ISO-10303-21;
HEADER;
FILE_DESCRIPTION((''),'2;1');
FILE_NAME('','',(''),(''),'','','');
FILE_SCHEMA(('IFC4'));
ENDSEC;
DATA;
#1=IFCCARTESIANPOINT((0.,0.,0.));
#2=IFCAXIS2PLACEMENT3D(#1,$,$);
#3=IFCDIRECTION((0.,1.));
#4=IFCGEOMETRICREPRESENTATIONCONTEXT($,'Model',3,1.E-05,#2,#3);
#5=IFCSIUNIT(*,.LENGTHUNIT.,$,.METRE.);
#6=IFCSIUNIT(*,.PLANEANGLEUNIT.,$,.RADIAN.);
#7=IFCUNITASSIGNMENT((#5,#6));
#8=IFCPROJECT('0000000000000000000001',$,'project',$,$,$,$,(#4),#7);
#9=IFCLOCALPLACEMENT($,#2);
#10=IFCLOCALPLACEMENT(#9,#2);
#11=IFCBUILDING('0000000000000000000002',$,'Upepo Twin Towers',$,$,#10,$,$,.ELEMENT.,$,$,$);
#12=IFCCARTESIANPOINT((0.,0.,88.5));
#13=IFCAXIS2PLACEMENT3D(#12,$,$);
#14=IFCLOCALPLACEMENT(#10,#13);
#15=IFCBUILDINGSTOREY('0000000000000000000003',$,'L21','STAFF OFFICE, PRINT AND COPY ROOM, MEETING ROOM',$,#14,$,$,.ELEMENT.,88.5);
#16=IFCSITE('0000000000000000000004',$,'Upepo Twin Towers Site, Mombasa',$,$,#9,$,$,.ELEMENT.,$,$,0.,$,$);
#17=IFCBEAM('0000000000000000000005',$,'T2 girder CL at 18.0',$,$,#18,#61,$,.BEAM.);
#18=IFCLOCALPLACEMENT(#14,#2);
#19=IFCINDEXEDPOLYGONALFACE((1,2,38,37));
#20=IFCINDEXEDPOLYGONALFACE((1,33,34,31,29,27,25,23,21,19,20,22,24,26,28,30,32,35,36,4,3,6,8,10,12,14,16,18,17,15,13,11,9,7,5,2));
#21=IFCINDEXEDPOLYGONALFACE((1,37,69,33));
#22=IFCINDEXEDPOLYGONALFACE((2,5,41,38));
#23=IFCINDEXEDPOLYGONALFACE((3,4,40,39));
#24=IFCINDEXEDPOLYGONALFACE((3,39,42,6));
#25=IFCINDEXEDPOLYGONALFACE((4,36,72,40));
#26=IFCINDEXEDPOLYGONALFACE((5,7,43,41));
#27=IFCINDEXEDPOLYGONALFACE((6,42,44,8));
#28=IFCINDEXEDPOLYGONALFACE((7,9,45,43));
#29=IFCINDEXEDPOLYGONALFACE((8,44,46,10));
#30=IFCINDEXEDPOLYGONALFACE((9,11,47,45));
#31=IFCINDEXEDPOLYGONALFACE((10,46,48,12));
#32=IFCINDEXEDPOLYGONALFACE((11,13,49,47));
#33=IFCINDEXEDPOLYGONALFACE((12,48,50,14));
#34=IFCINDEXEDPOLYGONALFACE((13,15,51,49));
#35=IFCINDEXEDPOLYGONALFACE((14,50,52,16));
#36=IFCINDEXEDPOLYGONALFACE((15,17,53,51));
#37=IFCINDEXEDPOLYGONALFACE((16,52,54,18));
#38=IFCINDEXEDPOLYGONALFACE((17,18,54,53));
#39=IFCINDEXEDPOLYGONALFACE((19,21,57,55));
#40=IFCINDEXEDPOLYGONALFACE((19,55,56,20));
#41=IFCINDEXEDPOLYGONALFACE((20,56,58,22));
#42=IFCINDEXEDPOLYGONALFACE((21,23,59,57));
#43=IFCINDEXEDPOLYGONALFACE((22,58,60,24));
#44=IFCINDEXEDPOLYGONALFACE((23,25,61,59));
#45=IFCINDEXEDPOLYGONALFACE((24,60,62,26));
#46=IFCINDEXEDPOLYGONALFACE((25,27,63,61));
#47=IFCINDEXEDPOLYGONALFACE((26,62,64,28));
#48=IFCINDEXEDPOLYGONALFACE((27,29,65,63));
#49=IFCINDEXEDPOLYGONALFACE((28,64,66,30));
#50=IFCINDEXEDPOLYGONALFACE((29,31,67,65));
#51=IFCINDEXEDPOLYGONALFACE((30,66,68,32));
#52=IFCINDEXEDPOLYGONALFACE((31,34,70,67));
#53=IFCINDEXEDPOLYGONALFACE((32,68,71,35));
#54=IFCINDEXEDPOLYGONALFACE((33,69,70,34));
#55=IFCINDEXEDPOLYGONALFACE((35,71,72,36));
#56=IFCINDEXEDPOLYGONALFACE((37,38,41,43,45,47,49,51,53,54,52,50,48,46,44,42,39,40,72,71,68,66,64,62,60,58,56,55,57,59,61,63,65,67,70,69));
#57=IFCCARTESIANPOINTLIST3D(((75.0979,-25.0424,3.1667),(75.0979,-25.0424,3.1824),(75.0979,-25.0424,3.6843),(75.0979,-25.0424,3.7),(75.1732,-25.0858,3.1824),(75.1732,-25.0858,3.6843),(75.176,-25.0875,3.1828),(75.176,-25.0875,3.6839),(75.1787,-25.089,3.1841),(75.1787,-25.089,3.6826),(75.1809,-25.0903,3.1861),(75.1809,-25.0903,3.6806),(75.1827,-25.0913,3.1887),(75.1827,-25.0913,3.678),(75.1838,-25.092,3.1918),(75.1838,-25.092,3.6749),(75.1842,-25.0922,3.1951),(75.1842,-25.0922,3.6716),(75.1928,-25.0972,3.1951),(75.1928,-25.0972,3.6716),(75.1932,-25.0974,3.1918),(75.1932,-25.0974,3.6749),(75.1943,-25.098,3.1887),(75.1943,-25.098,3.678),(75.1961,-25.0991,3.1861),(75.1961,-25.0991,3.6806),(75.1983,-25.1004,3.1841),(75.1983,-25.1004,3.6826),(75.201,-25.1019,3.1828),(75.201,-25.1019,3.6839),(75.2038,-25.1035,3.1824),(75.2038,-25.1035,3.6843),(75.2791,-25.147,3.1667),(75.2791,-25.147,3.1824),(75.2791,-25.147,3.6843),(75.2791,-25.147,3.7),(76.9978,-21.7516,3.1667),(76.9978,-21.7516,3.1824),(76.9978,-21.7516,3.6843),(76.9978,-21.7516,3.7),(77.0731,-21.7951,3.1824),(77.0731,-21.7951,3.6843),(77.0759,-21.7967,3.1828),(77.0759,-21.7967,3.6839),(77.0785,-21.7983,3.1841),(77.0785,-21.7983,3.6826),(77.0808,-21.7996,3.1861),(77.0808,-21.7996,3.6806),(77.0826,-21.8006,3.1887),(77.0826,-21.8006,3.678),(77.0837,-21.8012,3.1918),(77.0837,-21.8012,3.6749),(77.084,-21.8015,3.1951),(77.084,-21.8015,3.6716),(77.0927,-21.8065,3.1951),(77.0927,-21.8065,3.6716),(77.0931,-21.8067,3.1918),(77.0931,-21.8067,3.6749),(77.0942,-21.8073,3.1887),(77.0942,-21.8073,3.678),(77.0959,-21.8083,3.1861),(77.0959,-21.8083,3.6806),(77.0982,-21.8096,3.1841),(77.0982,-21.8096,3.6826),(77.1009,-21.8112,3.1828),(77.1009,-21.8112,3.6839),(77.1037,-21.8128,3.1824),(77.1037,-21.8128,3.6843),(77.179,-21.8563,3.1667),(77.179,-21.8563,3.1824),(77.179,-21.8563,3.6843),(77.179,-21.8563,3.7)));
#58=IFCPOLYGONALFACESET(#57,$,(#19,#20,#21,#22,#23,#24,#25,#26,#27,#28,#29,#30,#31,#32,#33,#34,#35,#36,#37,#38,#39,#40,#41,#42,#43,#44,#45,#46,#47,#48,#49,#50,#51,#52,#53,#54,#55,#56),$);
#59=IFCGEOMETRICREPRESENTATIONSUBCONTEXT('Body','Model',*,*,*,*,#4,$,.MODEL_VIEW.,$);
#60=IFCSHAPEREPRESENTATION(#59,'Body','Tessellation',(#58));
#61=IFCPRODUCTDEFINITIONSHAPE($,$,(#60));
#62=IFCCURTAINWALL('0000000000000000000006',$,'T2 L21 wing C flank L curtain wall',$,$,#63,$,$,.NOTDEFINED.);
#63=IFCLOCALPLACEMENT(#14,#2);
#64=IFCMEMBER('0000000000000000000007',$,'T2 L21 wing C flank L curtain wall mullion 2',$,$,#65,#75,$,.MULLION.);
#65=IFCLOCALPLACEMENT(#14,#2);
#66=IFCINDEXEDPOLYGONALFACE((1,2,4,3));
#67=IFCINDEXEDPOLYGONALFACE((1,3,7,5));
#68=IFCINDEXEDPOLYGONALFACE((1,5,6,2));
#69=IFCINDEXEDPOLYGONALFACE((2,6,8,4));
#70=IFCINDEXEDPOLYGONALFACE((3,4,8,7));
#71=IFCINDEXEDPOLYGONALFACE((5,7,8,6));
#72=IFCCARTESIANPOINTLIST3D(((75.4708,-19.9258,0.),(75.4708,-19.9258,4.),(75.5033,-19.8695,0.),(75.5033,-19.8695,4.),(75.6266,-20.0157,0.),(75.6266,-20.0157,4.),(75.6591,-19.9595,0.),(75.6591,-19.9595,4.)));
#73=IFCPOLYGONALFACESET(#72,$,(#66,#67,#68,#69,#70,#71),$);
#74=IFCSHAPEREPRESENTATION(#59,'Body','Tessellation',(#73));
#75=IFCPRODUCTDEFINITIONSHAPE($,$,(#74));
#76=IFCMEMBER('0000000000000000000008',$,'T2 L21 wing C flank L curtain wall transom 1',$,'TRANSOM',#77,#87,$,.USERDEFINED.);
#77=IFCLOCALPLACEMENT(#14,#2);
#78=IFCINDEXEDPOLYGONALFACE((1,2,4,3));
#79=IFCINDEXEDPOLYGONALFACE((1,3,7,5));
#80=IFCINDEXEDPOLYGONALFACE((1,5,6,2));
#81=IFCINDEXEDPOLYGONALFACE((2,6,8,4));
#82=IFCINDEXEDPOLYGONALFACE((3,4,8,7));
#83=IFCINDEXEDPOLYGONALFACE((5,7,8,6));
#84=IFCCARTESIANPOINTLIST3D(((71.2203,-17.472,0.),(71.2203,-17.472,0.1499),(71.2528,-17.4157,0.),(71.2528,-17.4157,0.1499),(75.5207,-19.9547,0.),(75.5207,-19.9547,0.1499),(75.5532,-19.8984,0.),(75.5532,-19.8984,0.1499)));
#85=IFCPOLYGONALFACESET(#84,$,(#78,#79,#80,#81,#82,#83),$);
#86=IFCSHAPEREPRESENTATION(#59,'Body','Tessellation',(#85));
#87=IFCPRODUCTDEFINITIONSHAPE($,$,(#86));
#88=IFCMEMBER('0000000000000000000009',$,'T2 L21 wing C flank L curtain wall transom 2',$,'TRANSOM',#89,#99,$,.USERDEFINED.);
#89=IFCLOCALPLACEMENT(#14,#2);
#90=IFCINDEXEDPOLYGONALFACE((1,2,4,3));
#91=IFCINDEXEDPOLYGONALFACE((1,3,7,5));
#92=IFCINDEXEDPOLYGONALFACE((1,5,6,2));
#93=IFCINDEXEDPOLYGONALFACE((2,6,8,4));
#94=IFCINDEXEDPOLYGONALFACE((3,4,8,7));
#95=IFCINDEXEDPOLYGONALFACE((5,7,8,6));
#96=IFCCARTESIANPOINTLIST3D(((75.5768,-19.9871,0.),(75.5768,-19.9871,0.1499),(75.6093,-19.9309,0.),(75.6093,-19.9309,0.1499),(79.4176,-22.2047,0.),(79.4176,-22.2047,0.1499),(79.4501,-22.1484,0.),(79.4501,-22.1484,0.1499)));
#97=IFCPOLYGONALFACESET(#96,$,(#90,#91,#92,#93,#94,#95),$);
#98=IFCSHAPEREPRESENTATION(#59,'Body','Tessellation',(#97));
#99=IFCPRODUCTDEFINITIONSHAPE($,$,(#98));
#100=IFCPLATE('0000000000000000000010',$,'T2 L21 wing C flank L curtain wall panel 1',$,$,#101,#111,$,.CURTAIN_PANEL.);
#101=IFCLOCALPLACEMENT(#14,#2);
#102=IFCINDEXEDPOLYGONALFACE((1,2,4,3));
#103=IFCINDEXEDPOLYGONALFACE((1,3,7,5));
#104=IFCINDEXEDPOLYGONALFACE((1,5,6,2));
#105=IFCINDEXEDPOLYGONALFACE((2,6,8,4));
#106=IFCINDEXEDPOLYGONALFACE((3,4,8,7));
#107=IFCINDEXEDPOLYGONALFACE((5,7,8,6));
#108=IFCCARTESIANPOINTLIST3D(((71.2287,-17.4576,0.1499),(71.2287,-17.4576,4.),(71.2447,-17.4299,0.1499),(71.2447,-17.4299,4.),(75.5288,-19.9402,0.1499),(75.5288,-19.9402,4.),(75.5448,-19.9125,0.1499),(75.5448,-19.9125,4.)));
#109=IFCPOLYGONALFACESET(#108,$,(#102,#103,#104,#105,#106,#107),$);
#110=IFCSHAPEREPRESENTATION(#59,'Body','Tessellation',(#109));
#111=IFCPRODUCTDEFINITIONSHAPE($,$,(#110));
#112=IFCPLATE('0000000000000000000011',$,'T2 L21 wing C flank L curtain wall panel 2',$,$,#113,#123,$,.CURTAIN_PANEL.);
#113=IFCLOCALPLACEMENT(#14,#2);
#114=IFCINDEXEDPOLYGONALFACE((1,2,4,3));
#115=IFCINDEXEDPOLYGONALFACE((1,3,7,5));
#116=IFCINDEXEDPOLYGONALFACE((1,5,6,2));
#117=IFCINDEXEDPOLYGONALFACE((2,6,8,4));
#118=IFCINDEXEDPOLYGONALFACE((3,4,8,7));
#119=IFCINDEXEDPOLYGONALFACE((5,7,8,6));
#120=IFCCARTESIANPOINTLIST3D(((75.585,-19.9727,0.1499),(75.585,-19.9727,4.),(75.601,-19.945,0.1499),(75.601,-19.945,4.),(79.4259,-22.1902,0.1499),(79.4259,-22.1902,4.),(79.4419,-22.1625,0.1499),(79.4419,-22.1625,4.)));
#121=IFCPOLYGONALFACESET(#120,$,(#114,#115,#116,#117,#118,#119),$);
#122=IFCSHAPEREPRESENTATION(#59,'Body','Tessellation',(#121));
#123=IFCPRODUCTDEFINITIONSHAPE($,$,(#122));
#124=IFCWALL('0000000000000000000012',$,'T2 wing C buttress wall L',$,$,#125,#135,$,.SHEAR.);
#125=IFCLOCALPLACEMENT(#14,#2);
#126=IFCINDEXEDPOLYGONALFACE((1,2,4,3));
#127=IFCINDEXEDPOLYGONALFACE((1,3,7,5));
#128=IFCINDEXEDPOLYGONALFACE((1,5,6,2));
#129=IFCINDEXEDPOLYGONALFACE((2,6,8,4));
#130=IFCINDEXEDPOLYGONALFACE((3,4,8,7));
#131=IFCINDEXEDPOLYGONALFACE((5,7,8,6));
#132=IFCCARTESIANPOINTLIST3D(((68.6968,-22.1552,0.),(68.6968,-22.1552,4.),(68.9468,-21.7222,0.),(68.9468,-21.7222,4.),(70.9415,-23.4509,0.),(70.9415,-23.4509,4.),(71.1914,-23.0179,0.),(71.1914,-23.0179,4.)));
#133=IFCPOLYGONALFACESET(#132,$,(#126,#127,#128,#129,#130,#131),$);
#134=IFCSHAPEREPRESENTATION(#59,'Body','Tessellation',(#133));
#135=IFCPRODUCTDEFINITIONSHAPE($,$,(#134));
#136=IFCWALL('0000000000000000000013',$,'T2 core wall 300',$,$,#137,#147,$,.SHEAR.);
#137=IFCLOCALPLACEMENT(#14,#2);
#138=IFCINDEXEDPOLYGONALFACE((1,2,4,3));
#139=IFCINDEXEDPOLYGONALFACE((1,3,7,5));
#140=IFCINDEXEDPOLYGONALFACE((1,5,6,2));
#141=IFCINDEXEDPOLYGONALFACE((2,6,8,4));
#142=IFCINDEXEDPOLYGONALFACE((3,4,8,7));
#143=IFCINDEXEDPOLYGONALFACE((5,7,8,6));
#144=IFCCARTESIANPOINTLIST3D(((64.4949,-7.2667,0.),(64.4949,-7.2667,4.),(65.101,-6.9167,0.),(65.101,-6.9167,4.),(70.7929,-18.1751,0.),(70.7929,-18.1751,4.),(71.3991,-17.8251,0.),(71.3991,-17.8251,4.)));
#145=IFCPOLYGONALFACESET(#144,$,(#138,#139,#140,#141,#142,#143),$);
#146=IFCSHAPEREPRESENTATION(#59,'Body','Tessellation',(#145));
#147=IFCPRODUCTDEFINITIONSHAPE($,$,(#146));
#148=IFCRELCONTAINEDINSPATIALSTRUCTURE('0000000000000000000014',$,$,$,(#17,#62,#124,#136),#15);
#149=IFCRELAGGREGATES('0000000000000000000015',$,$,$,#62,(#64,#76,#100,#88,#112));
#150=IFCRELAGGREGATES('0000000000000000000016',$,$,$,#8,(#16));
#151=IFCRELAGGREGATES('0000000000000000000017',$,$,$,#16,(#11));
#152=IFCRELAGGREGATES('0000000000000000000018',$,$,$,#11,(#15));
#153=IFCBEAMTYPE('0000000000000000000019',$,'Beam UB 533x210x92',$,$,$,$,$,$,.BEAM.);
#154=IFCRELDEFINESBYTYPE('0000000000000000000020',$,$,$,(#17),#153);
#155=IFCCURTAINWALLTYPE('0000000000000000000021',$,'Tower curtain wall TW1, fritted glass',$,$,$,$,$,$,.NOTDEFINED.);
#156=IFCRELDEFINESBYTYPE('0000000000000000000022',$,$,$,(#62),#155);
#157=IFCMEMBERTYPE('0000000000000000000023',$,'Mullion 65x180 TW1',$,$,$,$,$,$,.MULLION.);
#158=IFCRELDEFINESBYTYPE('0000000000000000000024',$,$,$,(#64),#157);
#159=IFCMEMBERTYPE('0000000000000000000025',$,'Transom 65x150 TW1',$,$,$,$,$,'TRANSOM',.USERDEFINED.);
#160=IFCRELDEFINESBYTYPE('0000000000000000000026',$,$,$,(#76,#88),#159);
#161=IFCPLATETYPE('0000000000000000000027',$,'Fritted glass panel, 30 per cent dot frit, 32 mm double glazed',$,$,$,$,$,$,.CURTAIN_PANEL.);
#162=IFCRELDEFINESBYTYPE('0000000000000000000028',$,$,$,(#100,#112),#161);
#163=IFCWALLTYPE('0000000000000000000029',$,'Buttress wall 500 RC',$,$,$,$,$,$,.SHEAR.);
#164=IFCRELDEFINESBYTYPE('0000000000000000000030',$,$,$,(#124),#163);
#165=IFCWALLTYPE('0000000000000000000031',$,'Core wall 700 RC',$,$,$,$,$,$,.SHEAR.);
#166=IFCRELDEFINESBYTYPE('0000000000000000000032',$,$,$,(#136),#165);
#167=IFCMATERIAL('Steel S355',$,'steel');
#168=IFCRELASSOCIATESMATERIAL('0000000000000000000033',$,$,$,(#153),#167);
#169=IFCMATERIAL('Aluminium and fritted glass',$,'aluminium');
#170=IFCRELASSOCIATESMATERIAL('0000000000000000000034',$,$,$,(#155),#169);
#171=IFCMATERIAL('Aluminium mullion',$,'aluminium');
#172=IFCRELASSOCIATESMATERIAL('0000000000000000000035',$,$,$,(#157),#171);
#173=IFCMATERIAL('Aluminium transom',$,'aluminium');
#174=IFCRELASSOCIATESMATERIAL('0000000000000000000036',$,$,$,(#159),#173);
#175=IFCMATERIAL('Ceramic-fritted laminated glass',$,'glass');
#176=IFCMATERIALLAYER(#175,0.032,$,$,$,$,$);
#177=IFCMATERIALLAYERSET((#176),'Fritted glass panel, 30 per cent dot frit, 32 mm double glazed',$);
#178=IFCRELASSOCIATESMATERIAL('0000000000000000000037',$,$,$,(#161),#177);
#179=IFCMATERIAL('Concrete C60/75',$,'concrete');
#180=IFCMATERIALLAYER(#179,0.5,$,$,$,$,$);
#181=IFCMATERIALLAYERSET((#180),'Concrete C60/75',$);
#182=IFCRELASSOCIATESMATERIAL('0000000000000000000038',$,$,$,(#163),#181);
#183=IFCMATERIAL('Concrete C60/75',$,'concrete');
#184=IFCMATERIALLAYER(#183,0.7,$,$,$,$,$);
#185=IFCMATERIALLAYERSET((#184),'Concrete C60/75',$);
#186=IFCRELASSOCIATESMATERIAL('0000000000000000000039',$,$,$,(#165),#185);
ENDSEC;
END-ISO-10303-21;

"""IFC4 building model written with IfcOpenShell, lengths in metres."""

from ifc_helpers import new_model, si_unit, direction, frame, frame_2d, origin, origin_2d, place, context, subcontext, project, spatial, rectangle, i_section, extrude, material, layer, layer_set, material_profile, profile_set, type_object, element, aggregate, save


model = new_model("IFC4")

# Units and contexts
model_context = context("Model", 3, precision=1e-05, world=origin(), true_north=direction((0.0, 1.0)))
body_context = subcontext(model_context, "Body", "Model", "MODEL_VIEW")
ifc_project = project(units=[si_unit("LENGTHUNIT", "METRE"), si_unit("PLANEANGLEUNIT", "RADIAN")], contexts=[model_context])

# Site, building, storey
site_placement = place(None, origin())
site = spatial("IfcSite", under=ifc_project, at=site_placement, Name="Upepo Twin Towers Site, Mombasa", CompositionType="ELEMENT", RefElevation=0.0)
building_placement = place(site_placement, origin())
building = spatial("IfcBuilding", under=site, at=building_placement, Name="Upepo Twin Towers", CompositionType="ELEMENT")
storey_placement = place(building_placement, frame((0.0, 0.0, 88.5)))
storey = spatial("IfcBuildingStorey", under=building, at=storey_placement, Name="L21", Description="STAFF OFFICE, PRINT AND COPY ROOM, MEETING ROOM", CompositionType="ELEMENT", Elevation=88.5)

# Beam
ifc_material_1 = material(Name="Steel S355", Category="steel")
ifc_material_profile_1 = material_profile(ifc_material_1, i_section(OverallWidth=0.2092, OverallDepth=0.5332, WebThickness=0.01, FlangeThickness=0.0156, FilletRadius=0.0127, at=origin_2d()), Name="UB 533x210x92")
ifc_profile_set_1 = profile_set([ifc_material_profile_1], Name="Steel S355")
beam_type_1 = type_object("IfcBeamType", Name="Beam UB 533x210x92", PredefinedType="BEAM", material=ifc_profile_set_1)
beam_1_placement = place(storey_placement, frame((77.0884, -21.804, 3.4333), z_axis=(-0.499995, -0.866028, 0.0), x_axis=(0.866028, -0.499995, 0.0)))
element("IfcBeam", 1, at=beam_1_placement, inside=storey, type_object=beam_type_1, Name="T2 girder CL at 18.0", PredefinedType="BEAM", context=body_context, shape_type="SweptSolid", body=[
    extrude(i_section(OverallWidth=0.2092, OverallDepth=0.5332, WebThickness=0.01, FlangeThickness=0.0156, FilletRadius=0.0127, at=origin_2d()), origin(), (0.0, 0.0, 1.0), 3.7998),
])

# Curtain wall, members, plates
ifc_material_2 = material(Name="Aluminium and fritted glass", Category="aluminium")
curtain_wall_type = type_object("IfcCurtainWallType", Name="Tower curtain wall TW1, fritted glass", PredefinedType="NOTDEFINED", material=ifc_material_2)
curtain_wall_placement = place(storey_placement, origin())
curtain_wall = element("IfcCurtainWall", 2, at=curtain_wall_placement, inside=storey, type_object=curtain_wall_type, Name="T2 L21 wing C flank L curtain wall", PredefinedType="NOTDEFINED")
ifc_material_3 = material(Name="Aluminium mullion", Category="aluminium")
ifc_material_profile_2 = material_profile(ifc_material_3, rectangle(XDim=0.0649, YDim=0.1799, at=origin_2d()), Name="MULLION 65x180")
ifc_profile_set_2 = profile_set([ifc_material_profile_2], Name="Aluminium mullion")
member_type_1 = type_object("IfcMemberType", Name="Mullion 65x180 TW1", PredefinedType="MULLION", material=ifc_profile_set_2)
member_1_placement = place(storey_placement, frame((75.5649, -19.9426, 0.0), z_axis=(0.0, 0.0, 1.0), x_axis=(0.5, 0.866025, 0.0)))
member_1 = element("IfcMember", 3, at=member_1_placement, type_object=member_type_1, Name="T2 L21 wing C flank L curtain wall mullion 2", PredefinedType="MULLION", context=body_context, shape_type="SweptSolid", body=[
    extrude(rectangle(XDim=0.0649, YDim=0.1799, at=origin_2d()), origin(), (0.0, 0.0, 1.0), 4.0),
])
ifc_material_4 = material(Name="Aluminium transom", Category="aluminium")
ifc_material_profile_3 = material_profile(ifc_material_4, rectangle(XDim=0.0649, YDim=0.1499, at=origin_2d()), Name="TRANSOM 65x150")
ifc_profile_set_3 = profile_set([ifc_material_profile_3], Name="Aluminium transom")
member_type_2 = type_object("IfcMemberType", Name="Transom 65x150 TW1", ElementType="TRANSOM", PredefinedType="USERDEFINED", material=ifc_profile_set_3)
member_2_placement = place(storey_placement, frame((71.2366, -17.4438, 0.075), z_axis=(0.866035, -0.499983, 0.0), x_axis=(0.499983, 0.866035, 0.0)))
member_2 = element("IfcMember", 4, at=member_2_placement, type_object=member_type_2, Name="T2 L21 wing C flank L curtain wall transom 1", ObjectType="TRANSOM", PredefinedType="USERDEFINED", context=body_context, shape_type="SweptSolid", body=[
    extrude(rectangle(XDim=0.0649, YDim=0.1499, at=origin_2d()), origin(), (0.0, 0.0, 1.0), 4.9656),
])
member_3_placement = place(storey_placement, frame((75.593, -19.959, 0.075), z_axis=(0.866022, -0.500005, 0.0), x_axis=(0.500005, 0.866022, 0.0)))
member_3 = element("IfcMember", 5, at=member_3_placement, type_object=member_type_2, Name="T2 L21 wing C flank L curtain wall transom 2", ObjectType="TRANSOM", PredefinedType="USERDEFINED", context=body_context, shape_type="SweptSolid", body=[
    extrude(rectangle(XDim=0.0649, YDim=0.1499, at=origin_2d()), origin(), (0.0, 0.0, 1.0), 4.4351),
])
ifc_material_5 = material(Name="Ceramic-fritted laminated glass", Category="glass")
ifc_layer_1 = layer(ifc_material_5, 0.032)
ifc_layer_set_1 = layer_set([ifc_layer_1], Name="Fritted glass panel, 30 per cent dot frit, 32 mm double glazed")
plate_type = type_object("IfcPlateType", Name="Fritted glass panel, 30 per cent dot frit, 32 mm double glazed", PredefinedType="CURTAIN_PANEL", material=ifc_layer_set_1)
plate_1_placement = place(storey_placement, frame((73.3867, -18.6851, 0.1499), z_axis=(0.0, 0.0, 1.0), x_axis=(0.866025, -0.5, 0.0)))
plate_1 = element("IfcPlate", 6, at=plate_1_placement, type_object=plate_type, Name="T2 L21 wing C flank L curtain wall panel 1", PredefinedType="CURTAIN_PANEL", context=body_context, shape_type="SweptSolid", body=[
    extrude(rectangle(XDim=4.9653, YDim=0.032, at=origin_2d()), origin(), (0.0, 0.0, 1.0), 3.8501),
])
plate_2_placement = place(storey_placement, frame((77.5134, -21.0676, 0.1499), z_axis=(0.0, 0.0, 1.0), x_axis=(0.866025, -0.5, 0.0)))
plate_2 = element("IfcPlate", 7, at=plate_2_placement, type_object=plate_type, Name="T2 L21 wing C flank L curtain wall panel 2", PredefinedType="CURTAIN_PANEL", context=body_context, shape_type="SweptSolid", body=[
    extrude(rectangle(XDim=4.4351, YDim=0.032, at=origin_2d()), origin(), (0.0, 0.0, 1.0), 3.8501),
])
aggregate(curtain_wall, [member_1, member_2, plate_1, member_3, plate_2])

# Walls
ifc_material_6 = material(Name="Concrete C60/75", Category="concrete")
ifc_layer_2 = layer(ifc_material_6, 0.5)
ifc_layer_set_2 = layer_set([ifc_layer_2], Name="Concrete C60/75")
wall_type_1 = type_object("IfcWallType", Name="Buttress wall 500 RC", PredefinedType="SHEAR", material=ifc_layer_set_2)
wall_1_placement = place(storey_placement, frame((68.8218, -21.9387, 0.0), z_axis=(0.0, 0.0, 1.0), x_axis=(0.866073, -0.499918, 0.0)))
element("IfcWall", 8, at=wall_1_placement, inside=storey, type_object=wall_type_1, Name="T2 wing C buttress wall L", PredefinedType="SHEAR", context=body_context, shape_type="SweptSolid", body=[
    extrude(rectangle(XDim=2.5918, YDim=0.5, at=frame_2d((1.2959, 0.0))), origin(), (0.0, 0.0, 1.0), 4.0),
])
ifc_material_7 = material(Name="Concrete C60/75", Category="concrete")
ifc_layer_3 = layer(ifc_material_7, 0.7)
ifc_layer_set_3 = layer_set([ifc_layer_3], Name="Concrete C60/75")
wall_type_2 = type_object("IfcWallType", Name="Core wall 700 RC", PredefinedType="SHEAR", material=ifc_layer_set_3)
wall_2_placement = place(storey_placement, frame((71.0959, -18.0, 0.0), z_axis=(0.0, 0.0, 1.0), x_axis=(-0.500006, 0.866022, 0.0)))
element("IfcWall", 9, at=wall_2_placement, inside=storey, type_object=wall_type_2, Name="T2 core wall 300", PredefinedType="SHEAR", context=body_context, shape_type="SweptSolid", body=[
    extrude(rectangle(XDim=12.5959, YDim=0.7, at=frame_2d((6.2979, 0.0))), origin(), (0.0, 0.0, 1.0), 4.0),
])

save(model, "model.ifc")
